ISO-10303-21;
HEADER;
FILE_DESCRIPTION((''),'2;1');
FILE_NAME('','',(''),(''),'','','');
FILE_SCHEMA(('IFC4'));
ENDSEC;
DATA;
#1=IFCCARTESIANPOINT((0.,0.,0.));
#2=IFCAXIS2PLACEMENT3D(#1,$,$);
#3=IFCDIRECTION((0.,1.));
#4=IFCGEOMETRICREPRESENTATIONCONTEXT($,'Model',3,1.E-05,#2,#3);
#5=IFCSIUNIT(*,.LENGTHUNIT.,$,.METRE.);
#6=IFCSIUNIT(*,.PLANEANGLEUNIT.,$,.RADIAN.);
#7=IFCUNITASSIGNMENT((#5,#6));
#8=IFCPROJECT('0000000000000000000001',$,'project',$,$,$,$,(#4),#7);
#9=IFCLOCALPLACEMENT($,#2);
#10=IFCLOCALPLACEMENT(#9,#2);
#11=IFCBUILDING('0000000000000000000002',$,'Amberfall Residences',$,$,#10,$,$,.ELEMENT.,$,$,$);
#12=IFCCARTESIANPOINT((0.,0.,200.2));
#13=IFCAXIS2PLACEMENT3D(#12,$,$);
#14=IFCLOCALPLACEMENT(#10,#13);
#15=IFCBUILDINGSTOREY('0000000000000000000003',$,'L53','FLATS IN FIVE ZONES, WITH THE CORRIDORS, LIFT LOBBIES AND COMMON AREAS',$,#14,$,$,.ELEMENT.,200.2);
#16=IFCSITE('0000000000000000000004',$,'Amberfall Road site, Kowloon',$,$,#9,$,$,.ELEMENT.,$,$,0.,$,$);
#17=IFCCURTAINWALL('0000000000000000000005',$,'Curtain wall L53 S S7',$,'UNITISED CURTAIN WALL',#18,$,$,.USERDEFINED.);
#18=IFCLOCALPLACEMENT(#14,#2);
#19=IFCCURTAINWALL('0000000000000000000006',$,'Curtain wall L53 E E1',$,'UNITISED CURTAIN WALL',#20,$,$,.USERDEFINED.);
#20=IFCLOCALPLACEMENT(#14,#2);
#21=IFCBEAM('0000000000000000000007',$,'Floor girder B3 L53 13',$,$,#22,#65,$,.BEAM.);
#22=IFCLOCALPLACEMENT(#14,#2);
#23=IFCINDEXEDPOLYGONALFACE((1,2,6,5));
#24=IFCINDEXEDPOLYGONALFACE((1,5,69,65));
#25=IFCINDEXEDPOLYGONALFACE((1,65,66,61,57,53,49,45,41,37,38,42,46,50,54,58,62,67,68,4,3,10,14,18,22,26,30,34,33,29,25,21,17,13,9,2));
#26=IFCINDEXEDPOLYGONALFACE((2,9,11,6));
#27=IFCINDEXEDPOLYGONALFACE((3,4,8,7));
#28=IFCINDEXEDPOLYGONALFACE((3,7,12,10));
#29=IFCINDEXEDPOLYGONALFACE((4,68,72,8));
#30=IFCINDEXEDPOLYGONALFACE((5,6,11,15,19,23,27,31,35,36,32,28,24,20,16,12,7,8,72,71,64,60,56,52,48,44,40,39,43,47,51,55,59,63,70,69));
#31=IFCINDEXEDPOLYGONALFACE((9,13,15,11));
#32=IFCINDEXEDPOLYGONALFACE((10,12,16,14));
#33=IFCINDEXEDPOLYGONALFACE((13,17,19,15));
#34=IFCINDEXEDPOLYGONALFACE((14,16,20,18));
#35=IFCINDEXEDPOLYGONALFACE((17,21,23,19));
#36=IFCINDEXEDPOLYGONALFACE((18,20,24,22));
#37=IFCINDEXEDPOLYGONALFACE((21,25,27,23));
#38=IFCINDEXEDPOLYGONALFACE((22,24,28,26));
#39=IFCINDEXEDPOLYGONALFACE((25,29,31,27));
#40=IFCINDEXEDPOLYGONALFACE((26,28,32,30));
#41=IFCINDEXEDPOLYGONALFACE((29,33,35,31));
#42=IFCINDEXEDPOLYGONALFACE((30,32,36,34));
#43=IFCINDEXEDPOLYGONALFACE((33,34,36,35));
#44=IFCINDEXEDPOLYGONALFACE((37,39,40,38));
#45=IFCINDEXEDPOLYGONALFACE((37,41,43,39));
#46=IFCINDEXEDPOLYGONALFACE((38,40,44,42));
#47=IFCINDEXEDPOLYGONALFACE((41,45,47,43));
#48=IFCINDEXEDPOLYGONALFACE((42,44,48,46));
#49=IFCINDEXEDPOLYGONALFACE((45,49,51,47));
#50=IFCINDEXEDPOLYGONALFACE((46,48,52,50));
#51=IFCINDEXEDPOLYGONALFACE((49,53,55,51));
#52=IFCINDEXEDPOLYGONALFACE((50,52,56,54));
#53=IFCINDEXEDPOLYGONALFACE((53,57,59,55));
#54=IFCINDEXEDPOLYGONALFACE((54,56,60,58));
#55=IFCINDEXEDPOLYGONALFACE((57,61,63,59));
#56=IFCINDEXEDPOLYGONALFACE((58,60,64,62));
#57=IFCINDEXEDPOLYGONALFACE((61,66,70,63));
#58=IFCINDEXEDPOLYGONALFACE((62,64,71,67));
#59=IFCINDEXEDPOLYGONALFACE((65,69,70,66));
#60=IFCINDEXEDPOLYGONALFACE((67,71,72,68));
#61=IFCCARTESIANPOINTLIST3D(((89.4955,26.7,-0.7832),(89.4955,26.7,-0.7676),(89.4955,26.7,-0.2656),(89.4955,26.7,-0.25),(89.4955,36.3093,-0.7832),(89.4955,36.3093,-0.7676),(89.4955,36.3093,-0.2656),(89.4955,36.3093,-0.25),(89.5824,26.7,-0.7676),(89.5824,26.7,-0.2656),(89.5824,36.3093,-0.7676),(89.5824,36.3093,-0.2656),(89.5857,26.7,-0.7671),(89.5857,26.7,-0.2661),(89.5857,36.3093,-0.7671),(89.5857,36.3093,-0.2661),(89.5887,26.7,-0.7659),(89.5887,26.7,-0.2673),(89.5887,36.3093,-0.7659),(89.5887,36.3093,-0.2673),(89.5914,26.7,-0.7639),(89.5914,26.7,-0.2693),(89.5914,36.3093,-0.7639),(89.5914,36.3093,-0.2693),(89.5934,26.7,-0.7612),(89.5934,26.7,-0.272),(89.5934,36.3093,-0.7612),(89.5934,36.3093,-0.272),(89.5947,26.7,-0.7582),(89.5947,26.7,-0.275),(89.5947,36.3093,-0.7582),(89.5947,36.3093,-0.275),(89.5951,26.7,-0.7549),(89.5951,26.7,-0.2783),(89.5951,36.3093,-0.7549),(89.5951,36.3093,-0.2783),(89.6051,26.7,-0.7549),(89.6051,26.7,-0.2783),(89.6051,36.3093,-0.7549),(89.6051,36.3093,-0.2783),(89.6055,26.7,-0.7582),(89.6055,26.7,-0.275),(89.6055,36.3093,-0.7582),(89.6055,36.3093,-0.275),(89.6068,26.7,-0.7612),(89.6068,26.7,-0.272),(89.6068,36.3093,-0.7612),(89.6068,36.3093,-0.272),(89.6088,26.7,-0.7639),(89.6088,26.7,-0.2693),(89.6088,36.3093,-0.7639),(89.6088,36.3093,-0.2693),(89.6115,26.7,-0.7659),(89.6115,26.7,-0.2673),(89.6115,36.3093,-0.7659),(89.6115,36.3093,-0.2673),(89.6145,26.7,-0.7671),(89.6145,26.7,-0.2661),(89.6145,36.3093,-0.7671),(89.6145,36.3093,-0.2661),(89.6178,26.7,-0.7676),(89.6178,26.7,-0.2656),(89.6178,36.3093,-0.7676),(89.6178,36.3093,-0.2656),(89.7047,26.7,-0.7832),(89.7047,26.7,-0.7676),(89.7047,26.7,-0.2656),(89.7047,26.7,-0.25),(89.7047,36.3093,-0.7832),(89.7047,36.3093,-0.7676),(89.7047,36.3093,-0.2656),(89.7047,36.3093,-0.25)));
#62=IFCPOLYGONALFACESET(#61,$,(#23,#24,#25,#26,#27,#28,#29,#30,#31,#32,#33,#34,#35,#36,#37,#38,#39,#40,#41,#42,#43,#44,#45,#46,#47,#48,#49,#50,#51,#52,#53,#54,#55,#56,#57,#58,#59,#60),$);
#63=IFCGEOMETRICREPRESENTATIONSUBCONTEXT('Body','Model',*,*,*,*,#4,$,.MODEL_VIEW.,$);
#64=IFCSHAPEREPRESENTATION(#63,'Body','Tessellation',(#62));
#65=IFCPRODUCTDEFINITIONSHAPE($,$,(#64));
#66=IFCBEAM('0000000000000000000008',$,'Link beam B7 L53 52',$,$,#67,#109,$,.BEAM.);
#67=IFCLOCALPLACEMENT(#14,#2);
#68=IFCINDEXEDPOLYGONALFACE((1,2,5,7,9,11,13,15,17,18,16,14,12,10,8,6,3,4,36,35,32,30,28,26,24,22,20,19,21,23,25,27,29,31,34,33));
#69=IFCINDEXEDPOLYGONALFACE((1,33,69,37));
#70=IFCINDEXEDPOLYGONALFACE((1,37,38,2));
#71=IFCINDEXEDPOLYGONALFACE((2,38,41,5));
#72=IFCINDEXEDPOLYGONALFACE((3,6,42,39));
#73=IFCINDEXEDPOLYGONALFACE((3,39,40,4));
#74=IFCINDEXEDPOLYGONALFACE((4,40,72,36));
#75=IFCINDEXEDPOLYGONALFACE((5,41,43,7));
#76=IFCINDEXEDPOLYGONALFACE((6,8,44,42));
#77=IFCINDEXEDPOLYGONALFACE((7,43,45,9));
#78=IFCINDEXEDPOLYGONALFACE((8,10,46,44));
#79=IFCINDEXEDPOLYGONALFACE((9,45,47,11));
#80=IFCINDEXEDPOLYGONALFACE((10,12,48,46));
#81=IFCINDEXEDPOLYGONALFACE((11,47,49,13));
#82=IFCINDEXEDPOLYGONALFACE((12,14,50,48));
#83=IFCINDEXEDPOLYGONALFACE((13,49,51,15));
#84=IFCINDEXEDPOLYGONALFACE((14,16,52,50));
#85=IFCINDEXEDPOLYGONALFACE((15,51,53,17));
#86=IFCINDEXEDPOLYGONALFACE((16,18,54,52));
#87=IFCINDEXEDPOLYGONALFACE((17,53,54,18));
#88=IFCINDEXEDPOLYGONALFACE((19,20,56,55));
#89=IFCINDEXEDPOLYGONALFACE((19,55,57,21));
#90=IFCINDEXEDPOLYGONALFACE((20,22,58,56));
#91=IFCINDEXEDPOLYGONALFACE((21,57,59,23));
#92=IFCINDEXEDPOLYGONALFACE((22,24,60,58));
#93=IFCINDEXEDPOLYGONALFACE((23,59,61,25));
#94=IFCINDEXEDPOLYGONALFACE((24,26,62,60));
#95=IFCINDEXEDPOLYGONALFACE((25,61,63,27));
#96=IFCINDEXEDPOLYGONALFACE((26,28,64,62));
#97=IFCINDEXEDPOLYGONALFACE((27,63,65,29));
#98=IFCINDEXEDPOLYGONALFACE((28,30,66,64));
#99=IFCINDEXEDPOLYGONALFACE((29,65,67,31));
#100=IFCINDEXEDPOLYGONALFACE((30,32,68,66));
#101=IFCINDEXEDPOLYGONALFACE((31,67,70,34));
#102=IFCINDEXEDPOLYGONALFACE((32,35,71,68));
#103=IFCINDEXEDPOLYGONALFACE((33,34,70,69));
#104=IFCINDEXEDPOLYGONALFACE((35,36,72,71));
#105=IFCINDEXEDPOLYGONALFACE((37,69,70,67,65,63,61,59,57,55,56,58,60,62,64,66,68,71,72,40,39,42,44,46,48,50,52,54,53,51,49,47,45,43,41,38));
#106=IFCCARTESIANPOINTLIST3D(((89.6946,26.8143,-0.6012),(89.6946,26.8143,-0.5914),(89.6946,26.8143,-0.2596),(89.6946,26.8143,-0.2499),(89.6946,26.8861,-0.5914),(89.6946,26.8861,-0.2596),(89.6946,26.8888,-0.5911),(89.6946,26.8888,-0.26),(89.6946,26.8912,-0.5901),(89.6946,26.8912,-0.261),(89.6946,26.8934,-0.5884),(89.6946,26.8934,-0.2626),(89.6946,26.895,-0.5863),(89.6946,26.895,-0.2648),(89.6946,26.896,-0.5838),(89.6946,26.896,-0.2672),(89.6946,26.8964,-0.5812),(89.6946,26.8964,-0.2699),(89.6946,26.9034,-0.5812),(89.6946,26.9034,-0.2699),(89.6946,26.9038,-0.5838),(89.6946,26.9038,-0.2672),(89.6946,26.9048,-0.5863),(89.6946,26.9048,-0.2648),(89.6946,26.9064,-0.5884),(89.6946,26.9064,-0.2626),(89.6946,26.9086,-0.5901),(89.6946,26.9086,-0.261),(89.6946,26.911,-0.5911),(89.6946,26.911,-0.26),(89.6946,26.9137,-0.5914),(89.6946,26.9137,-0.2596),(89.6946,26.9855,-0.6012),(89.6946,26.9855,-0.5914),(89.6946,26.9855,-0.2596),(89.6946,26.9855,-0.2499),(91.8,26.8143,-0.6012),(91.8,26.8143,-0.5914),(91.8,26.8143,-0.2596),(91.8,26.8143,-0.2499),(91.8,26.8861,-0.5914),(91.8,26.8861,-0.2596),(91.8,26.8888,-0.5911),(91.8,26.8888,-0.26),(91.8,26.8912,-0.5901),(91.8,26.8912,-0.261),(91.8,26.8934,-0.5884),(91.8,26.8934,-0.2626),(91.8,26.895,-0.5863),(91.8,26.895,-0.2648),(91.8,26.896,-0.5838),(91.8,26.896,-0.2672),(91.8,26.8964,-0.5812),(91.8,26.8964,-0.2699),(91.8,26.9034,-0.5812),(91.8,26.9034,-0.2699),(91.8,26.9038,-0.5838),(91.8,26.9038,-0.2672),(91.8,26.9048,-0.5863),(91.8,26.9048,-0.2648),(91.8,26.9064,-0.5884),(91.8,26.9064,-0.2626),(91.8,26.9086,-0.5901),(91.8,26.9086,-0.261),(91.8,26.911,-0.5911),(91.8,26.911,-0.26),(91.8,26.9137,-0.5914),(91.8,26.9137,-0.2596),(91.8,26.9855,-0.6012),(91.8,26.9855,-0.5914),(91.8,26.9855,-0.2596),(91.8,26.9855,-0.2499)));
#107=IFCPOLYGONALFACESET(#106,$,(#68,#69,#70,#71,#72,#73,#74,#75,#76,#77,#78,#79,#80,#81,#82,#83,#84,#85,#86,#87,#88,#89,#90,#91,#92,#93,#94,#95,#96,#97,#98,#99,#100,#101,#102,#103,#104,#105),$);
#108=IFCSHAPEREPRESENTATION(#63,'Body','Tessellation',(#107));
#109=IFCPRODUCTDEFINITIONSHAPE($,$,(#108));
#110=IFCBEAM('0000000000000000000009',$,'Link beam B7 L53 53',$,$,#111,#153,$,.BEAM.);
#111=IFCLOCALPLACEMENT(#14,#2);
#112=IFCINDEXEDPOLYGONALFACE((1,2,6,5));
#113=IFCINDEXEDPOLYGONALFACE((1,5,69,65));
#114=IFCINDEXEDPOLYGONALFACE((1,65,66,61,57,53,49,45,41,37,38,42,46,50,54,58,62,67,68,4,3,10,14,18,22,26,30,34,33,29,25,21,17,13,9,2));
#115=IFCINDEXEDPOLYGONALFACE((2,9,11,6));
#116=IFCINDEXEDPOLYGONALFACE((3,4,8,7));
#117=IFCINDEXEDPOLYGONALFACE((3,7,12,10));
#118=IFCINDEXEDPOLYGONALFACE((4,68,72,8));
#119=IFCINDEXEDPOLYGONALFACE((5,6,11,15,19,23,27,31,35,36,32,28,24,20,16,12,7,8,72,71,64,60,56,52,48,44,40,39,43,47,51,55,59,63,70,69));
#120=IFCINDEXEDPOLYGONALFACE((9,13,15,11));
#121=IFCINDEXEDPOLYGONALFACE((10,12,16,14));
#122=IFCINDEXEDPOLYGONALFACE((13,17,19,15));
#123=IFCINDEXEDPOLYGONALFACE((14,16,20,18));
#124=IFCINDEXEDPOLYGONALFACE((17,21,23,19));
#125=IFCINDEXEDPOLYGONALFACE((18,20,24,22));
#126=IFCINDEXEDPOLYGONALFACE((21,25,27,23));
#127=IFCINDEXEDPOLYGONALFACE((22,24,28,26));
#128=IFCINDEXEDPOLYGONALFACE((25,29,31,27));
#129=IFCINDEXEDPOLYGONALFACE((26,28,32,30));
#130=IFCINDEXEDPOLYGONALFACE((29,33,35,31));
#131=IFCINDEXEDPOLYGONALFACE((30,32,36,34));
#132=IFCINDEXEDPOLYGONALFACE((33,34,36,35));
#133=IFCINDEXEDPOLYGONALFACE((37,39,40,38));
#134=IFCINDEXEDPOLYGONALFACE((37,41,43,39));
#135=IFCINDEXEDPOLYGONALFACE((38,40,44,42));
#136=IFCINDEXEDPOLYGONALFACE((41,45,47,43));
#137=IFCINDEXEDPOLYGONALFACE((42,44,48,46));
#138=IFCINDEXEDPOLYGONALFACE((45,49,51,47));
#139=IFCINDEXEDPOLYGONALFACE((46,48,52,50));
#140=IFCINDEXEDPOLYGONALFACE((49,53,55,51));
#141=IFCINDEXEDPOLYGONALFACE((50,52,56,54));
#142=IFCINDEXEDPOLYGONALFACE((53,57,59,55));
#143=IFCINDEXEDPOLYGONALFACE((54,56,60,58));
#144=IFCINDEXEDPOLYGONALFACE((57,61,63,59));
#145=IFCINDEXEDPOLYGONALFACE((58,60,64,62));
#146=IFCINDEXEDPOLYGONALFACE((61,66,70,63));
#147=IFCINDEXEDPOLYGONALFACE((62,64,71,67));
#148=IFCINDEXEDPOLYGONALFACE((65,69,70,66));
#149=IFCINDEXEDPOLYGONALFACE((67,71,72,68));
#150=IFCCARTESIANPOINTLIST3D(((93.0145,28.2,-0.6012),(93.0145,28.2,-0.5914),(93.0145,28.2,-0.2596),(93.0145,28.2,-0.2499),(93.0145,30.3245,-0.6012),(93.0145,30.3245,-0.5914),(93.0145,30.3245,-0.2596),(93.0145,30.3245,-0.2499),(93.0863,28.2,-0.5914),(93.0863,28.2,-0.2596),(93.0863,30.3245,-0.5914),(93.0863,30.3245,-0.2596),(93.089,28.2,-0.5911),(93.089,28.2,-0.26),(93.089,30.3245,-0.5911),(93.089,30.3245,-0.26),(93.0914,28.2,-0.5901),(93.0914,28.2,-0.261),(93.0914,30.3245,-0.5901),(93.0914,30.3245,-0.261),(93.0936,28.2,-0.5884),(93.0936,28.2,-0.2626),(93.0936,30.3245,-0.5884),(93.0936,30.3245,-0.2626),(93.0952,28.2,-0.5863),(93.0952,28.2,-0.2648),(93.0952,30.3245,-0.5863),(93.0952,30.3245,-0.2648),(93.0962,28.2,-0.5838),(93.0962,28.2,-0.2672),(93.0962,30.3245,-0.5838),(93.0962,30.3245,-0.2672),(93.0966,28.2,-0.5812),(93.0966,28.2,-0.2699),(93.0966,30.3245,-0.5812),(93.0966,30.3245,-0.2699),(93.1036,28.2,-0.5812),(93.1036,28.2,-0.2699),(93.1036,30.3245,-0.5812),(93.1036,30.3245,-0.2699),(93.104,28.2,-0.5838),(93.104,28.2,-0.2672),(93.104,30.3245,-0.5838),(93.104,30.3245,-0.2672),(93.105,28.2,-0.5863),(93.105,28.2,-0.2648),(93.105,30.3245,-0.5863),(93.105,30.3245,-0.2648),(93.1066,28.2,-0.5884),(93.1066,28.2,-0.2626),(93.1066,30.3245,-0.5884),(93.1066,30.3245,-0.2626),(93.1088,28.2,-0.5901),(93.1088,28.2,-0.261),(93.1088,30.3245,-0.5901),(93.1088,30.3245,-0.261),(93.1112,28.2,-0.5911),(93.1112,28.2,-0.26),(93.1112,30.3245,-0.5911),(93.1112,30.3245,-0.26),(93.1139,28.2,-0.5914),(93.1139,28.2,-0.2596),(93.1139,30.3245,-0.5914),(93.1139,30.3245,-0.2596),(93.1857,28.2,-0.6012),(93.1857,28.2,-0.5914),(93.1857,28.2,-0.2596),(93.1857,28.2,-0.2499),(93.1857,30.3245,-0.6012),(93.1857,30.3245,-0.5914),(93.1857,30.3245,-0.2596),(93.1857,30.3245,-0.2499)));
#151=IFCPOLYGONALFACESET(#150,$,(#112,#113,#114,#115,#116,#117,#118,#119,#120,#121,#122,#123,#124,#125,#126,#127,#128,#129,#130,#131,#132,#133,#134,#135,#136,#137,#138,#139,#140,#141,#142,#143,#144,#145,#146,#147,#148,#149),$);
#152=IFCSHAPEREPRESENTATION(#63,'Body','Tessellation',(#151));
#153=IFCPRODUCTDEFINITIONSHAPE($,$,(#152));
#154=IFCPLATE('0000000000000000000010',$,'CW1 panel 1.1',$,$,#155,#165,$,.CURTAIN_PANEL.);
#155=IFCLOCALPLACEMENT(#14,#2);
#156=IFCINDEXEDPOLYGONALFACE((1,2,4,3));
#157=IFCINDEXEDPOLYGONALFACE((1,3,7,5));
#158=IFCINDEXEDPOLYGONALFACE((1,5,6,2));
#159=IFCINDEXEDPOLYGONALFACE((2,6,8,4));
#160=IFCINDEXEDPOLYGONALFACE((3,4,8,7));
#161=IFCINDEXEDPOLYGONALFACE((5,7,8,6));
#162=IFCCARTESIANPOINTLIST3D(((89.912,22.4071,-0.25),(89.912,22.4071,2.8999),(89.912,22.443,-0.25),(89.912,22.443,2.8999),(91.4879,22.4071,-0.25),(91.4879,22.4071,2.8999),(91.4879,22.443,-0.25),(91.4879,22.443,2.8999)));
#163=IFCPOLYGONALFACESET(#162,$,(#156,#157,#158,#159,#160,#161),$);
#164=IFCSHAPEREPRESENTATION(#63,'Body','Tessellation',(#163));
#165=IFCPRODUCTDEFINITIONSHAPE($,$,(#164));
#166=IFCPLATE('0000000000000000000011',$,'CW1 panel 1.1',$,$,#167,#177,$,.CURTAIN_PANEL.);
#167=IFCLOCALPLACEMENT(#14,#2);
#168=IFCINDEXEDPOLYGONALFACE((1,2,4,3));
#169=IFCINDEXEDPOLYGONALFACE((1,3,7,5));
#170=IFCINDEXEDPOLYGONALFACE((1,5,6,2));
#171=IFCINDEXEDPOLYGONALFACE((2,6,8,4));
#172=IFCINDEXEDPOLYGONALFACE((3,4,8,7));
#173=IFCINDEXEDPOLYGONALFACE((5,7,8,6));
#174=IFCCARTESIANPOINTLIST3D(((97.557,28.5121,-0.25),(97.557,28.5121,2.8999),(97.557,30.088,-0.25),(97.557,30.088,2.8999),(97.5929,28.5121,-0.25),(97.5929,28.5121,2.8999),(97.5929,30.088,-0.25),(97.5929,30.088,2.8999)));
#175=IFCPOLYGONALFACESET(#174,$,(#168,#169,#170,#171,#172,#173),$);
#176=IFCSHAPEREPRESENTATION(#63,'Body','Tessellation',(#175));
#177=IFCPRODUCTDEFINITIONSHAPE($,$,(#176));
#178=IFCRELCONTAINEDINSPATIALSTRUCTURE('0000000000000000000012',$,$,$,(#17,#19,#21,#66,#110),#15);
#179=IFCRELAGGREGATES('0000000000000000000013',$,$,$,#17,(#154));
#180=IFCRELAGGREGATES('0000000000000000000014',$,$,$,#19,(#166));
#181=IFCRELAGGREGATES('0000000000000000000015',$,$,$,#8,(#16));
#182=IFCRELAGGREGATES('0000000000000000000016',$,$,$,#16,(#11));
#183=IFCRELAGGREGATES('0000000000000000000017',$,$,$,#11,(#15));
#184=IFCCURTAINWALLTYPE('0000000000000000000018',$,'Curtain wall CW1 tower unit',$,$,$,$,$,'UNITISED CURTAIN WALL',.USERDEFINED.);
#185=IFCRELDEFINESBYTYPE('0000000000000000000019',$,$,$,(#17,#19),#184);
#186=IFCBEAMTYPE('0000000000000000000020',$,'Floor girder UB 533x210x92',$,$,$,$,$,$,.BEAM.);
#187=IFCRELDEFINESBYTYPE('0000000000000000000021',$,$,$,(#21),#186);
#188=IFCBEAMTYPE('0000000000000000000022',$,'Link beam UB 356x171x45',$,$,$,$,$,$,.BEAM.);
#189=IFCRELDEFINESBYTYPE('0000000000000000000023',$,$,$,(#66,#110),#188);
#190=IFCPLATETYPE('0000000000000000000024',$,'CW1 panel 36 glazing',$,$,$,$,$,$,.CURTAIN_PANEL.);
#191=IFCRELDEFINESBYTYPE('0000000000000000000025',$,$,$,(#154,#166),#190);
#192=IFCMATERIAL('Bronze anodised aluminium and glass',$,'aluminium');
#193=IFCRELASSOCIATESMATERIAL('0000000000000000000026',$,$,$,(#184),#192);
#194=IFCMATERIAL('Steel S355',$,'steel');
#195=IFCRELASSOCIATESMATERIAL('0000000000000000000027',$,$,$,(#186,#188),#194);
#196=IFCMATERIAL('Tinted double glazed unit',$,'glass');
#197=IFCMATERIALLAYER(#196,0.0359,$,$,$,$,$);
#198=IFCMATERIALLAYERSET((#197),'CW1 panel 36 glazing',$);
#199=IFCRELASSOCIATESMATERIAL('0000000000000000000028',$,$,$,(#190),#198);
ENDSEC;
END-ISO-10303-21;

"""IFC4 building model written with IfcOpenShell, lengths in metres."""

from ifc_helpers import new_model, si_unit, direction, frame, origin, origin_2d, place, context, subcontext, project, spatial, rectangle, i_section, extrude, material, layer, layer_set, material_profile, profile_set, type_object, element, aggregate, save


model = new_model("IFC4")

# Units and contexts
model_context = context("Model", 3, precision=1e-05, world=origin(), true_north=direction((0.0, 1.0)))
body_context = subcontext(model_context, "Body", "Model", "MODEL_VIEW")
ifc_project = project(units=[si_unit("LENGTHUNIT", "METRE"), si_unit("PLANEANGLEUNIT", "RADIAN")], contexts=[model_context])

# Site, building, storey
site_placement = place(None, origin())
site = spatial("IfcSite", under=ifc_project, at=site_placement, Name="Amberfall Road site, Kowloon", CompositionType="ELEMENT", RefElevation=0.0)
building_placement = place(site_placement, origin())
building = spatial("IfcBuilding", under=site, at=building_placement, Name="Amberfall Residences", CompositionType="ELEMENT")
storey_placement = place(building_placement, frame((0.0, 0.0, 200.2)))
storey = spatial("IfcBuildingStorey", under=building, at=storey_placement, Name="L53", Description="FLATS IN FIVE ZONES, WITH THE CORRIDORS, LIFT LOBBIES AND COMMON AREAS", CompositionType="ELEMENT", Elevation=200.2)

# Curtain walls
ifc_material_1 = material(Name="Bronze anodised aluminium and glass", Category="aluminium")
curtain_wall_type = type_object("IfcCurtainWallType", Name="Curtain wall CW1 tower unit", ElementType="UNITISED CURTAIN WALL", PredefinedType="USERDEFINED", material=ifc_material_1)
curtain_wall_1_placement = place(storey_placement, origin())
curtain_wall_1 = element("IfcCurtainWall", 1, at=curtain_wall_1_placement, inside=storey, type_object=curtain_wall_type, Name="Curtain wall L53 S S7", ObjectType="UNITISED CURTAIN WALL", PredefinedType="USERDEFINED")
curtain_wall_2_placement = place(storey_placement, origin())
curtain_wall_2 = element("IfcCurtainWall", 2, at=curtain_wall_2_placement, inside=storey, type_object=curtain_wall_type, Name="Curtain wall L53 E E1", ObjectType="UNITISED CURTAIN WALL", PredefinedType="USERDEFINED")

# Beams
ifc_material_2 = material(Name="Steel S355", Category="steel")
ifc_material_profile_1 = material_profile(ifc_material_2, i_section(OverallWidth=0.2092, OverallDepth=0.5332, WebThickness=0.01, FlangeThickness=0.0156, FilletRadius=0.0127, at=origin_2d()), Name="UB 533x210x92")
ifc_profile_set_1 = profile_set([ifc_material_profile_1], Name="Steel S355")
beam_type_1 = type_object("IfcBeamType", Name="Floor girder UB 533x210x92", PredefinedType="BEAM", material=ifc_profile_set_1)
beam_1_placement = place(storey_placement, frame((89.6001, 26.7, -0.5166), z_axis=(0.0, 1.0, 0.0), x_axis=(-1.0, 0.0, 0.0)))
element("IfcBeam", 3, at=beam_1_placement, inside=storey, type_object=beam_type_1, Name="Floor girder B3 L53 13", PredefinedType="BEAM", context=body_context, shape_type="SweptSolid", body=[
    extrude(i_section(OverallWidth=0.2092, OverallDepth=0.5332, WebThickness=0.01, FlangeThickness=0.0156, FilletRadius=0.0127, at=origin_2d()), origin(), (0.0, 0.0, 1.0), 9.6094),
])
ifc_material_profile_2 = material_profile(ifc_material_2, i_section(OverallWidth=0.1711, OverallDepth=0.3513, WebThickness=0.0071, FlangeThickness=0.0098, FilletRadius=0.0103, at=origin_2d()), Name="UB 356x171x45")
ifc_profile_set_2 = profile_set([ifc_material_profile_2], Name="Steel S355")
beam_type_2 = type_object("IfcBeamType", Name="Link beam UB 356x171x45", PredefinedType="BEAM", material=ifc_profile_set_2)
beam_2_placement = place(storey_placement, frame((91.8, 26.8999, -0.4255), z_axis=(-1.0, 0.0, 0.0), x_axis=(0.0, -1.0, 0.0)))
element("IfcBeam", 4, at=beam_2_placement, inside=storey, type_object=beam_type_2, Name="Link beam B7 L53 52", PredefinedType="BEAM", context=body_context, shape_type="SweptSolid", body=[
    extrude(i_section(OverallWidth=0.1711, OverallDepth=0.3513, WebThickness=0.0071, FlangeThickness=0.0098, FilletRadius=0.0103, at=origin_2d()), origin(), (0.0, 0.0, 1.0), 2.1055),
])
beam_3_placement = place(storey_placement, frame((93.1001, 28.2, -0.4255), z_axis=(0.0, 1.0, 0.0), x_axis=(-1.0, 0.0, 0.0)))
element("IfcBeam", 5, at=beam_3_placement, inside=storey, type_object=beam_type_2, Name="Link beam B7 L53 53", PredefinedType="BEAM", context=body_context, shape_type="SweptSolid", body=[
    extrude(i_section(OverallWidth=0.1711, OverallDepth=0.3513, WebThickness=0.0071, FlangeThickness=0.0098, FilletRadius=0.0103, at=origin_2d()), origin(), (0.0, 0.0, 1.0), 2.1245),
])

# Plates
ifc_material_3 = material(Name="Tinted double glazed unit", Category="glass")
ifc_layer_1 = layer(ifc_material_3, 0.0359)
ifc_layer_set_1 = layer_set([ifc_layer_1], Name="CW1 panel 36 glazing")
plate_type = type_object("IfcPlateType", Name="CW1 panel 36 glazing", PredefinedType="CURTAIN_PANEL", material=ifc_layer_set_1)
plate_1_placement = place(storey_placement, frame((90.7, 22.425, -0.25), z_axis=(0.0, 0.0, 1.0), x_axis=(1.0, 0.0, 0.0)))
plate_1 = element("IfcPlate", 6, at=plate_1_placement, type_object=plate_type, Name="CW1 panel 1.1", PredefinedType="CURTAIN_PANEL", context=body_context, shape_type="SweptSolid", body=[
    extrude(rectangle(XDim=1.5759, YDim=0.0359, at=origin_2d()), origin(), (0.0, 0.0, 1.0), 3.1499),
])
aggregate(curtain_wall_1, [plate_1])
plate_2_placement = place(storey_placement, frame((97.575, 29.3, -0.25), z_axis=(0.0, 0.0, 1.0), x_axis=(0.0, 1.0, 0.0)))
plate_2 = element("IfcPlate", 7, at=plate_2_placement, type_object=plate_type, Name="CW1 panel 1.1", PredefinedType="CURTAIN_PANEL", context=body_context, shape_type="SweptSolid", body=[
    extrude(rectangle(XDim=1.5759, YDim=0.0359, at=origin_2d()), origin(), (0.0, 0.0, 1.0), 3.1499),
])
aggregate(curtain_wall_2, [plate_2])

save(model, "model.ifc")
